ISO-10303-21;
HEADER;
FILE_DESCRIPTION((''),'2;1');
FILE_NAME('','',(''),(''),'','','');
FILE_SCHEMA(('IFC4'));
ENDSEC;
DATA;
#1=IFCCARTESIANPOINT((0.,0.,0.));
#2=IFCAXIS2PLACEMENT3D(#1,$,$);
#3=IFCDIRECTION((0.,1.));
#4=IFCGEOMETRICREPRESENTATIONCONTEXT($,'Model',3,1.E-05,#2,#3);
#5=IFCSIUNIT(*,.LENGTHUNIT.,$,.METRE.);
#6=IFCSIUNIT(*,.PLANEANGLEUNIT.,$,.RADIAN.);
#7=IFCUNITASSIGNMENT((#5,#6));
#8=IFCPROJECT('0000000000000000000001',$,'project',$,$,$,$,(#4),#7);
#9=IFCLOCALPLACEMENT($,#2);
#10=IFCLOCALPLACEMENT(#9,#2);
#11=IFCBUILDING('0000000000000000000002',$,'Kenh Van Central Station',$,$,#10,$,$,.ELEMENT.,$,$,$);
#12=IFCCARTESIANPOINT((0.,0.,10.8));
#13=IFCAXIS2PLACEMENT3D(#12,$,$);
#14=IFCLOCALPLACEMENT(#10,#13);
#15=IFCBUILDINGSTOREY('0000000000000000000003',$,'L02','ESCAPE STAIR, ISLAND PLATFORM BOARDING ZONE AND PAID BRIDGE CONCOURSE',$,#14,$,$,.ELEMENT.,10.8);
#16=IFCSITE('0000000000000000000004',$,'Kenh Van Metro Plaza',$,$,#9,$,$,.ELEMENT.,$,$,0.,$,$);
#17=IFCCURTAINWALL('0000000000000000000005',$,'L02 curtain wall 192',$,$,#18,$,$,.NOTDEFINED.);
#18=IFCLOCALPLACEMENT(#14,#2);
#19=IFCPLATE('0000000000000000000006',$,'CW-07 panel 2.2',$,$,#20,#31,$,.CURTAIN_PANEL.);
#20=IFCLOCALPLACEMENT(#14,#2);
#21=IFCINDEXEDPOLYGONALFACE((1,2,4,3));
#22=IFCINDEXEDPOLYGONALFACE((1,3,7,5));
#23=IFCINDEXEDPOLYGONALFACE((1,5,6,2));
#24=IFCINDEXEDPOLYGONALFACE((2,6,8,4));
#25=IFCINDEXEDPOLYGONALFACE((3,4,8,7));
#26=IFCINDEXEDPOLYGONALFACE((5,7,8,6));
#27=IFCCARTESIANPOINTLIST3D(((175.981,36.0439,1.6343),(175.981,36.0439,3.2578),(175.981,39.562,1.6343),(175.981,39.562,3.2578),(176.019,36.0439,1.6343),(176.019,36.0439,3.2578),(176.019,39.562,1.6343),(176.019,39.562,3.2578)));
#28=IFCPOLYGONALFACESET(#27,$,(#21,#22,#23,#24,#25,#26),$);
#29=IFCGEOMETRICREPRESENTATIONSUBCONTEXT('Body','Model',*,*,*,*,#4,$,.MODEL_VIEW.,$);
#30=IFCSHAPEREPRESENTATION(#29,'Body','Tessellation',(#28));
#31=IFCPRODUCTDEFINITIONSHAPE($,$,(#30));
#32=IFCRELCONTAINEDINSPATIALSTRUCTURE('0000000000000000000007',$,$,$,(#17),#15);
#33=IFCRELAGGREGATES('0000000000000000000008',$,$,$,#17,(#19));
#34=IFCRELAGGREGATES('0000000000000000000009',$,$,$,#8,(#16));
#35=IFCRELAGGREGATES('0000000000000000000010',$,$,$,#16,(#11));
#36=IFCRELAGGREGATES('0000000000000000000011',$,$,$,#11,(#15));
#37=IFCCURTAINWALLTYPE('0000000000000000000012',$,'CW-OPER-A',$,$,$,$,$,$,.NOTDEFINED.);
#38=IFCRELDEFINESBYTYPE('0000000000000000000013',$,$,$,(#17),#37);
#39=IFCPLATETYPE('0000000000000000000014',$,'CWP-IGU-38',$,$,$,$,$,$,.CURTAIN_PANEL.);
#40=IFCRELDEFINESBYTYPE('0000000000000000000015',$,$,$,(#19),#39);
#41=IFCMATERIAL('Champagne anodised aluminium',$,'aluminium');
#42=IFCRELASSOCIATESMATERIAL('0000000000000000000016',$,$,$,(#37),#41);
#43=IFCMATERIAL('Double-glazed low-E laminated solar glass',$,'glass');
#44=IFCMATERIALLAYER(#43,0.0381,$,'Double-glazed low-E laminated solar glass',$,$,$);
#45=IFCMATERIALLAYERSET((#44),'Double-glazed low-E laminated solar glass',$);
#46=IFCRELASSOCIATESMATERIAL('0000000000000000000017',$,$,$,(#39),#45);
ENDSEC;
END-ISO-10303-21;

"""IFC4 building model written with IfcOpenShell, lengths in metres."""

from ifc_helpers import new_model, si_unit, direction, frame, origin, origin_2d, place, context, subcontext, project, spatial, rectangle, extrude, material, layer, layer_set, type_object, element, aggregate, save


model = new_model("IFC4")

# Units and contexts
model_context = context("Model", 3, precision=1e-05, world=origin(), true_north=direction((0.0, 1.0)))
body_context = subcontext(model_context, "Body", "Model", "MODEL_VIEW")
ifc_project = project(units=[si_unit("LENGTHUNIT", "METRE"), si_unit("PLANEANGLEUNIT", "RADIAN")], contexts=[model_context])

# Site, building, storey
site_placement = place(None, origin())
site = spatial("IfcSite", under=ifc_project, at=site_placement, Name="Kenh Van Metro Plaza", CompositionType="ELEMENT", RefElevation=0.0)
building_placement = place(site_placement, origin())
building = spatial("IfcBuilding", under=site, at=building_placement, Name="Kenh Van Central Station", CompositionType="ELEMENT")
storey_placement = place(building_placement, frame((0.0, 0.0, 10.8)))
storey = spatial("IfcBuildingStorey", under=building, at=storey_placement, Name="L02", Description="ESCAPE STAIR, ISLAND PLATFORM BOARDING ZONE AND PAID BRIDGE CONCOURSE", CompositionType="ELEMENT", Elevation=10.8)

# Shared definitions
ifc_material_1 = material(Name="Champagne anodised aluminium", Category="aluminium")
curtain_wall_type = type_object("IfcCurtainWallType", Name="CW-OPER-A", PredefinedType="NOTDEFINED", material=ifc_material_1)

# Curtain wall
curtain_wall_1_placement = place(storey_placement, origin())
curtain_wall_1 = element("IfcCurtainWall", 1, at=curtain_wall_1_placement, inside=storey, type_object=curtain_wall_type, Name="L02 curtain wall 192", PredefinedType="NOTDEFINED")

# Plate
ifc_material_2 = material(Name="Double-glazed low-E laminated solar glass", Category="glass")
ifc_layer = layer(ifc_material_2, 0.0381, Name="Double-glazed low-E laminated solar glass")
ifc_layer_set = layer_set([ifc_layer], Name="Double-glazed low-E laminated solar glass")
plate_type = type_object("IfcPlateType", Name="CWP-IGU-38", PredefinedType="CURTAIN_PANEL", material=ifc_layer_set)
plate_1_placement = place(storey_placement, frame((176.0, 37.803, 1.6343), z_axis=(0.0, 0.0, 1.0), x_axis=(0.0, 1.0, 0.0)))
plate_1 = element("IfcPlate", 2, at=plate_1_placement, type_object=plate_type, Name="CW-07 panel 2.2", PredefinedType="CURTAIN_PANEL", context=body_context, shape_type="SweptSolid", body=[
    extrude(rectangle(XDim=3.5181, YDim=0.0381, at=origin_2d()), origin(), (0.0, 0.0, 1.0), 1.6235),
])
aggregate(curtain_wall_1, [plate_1])

save(model, "model.ifc")
